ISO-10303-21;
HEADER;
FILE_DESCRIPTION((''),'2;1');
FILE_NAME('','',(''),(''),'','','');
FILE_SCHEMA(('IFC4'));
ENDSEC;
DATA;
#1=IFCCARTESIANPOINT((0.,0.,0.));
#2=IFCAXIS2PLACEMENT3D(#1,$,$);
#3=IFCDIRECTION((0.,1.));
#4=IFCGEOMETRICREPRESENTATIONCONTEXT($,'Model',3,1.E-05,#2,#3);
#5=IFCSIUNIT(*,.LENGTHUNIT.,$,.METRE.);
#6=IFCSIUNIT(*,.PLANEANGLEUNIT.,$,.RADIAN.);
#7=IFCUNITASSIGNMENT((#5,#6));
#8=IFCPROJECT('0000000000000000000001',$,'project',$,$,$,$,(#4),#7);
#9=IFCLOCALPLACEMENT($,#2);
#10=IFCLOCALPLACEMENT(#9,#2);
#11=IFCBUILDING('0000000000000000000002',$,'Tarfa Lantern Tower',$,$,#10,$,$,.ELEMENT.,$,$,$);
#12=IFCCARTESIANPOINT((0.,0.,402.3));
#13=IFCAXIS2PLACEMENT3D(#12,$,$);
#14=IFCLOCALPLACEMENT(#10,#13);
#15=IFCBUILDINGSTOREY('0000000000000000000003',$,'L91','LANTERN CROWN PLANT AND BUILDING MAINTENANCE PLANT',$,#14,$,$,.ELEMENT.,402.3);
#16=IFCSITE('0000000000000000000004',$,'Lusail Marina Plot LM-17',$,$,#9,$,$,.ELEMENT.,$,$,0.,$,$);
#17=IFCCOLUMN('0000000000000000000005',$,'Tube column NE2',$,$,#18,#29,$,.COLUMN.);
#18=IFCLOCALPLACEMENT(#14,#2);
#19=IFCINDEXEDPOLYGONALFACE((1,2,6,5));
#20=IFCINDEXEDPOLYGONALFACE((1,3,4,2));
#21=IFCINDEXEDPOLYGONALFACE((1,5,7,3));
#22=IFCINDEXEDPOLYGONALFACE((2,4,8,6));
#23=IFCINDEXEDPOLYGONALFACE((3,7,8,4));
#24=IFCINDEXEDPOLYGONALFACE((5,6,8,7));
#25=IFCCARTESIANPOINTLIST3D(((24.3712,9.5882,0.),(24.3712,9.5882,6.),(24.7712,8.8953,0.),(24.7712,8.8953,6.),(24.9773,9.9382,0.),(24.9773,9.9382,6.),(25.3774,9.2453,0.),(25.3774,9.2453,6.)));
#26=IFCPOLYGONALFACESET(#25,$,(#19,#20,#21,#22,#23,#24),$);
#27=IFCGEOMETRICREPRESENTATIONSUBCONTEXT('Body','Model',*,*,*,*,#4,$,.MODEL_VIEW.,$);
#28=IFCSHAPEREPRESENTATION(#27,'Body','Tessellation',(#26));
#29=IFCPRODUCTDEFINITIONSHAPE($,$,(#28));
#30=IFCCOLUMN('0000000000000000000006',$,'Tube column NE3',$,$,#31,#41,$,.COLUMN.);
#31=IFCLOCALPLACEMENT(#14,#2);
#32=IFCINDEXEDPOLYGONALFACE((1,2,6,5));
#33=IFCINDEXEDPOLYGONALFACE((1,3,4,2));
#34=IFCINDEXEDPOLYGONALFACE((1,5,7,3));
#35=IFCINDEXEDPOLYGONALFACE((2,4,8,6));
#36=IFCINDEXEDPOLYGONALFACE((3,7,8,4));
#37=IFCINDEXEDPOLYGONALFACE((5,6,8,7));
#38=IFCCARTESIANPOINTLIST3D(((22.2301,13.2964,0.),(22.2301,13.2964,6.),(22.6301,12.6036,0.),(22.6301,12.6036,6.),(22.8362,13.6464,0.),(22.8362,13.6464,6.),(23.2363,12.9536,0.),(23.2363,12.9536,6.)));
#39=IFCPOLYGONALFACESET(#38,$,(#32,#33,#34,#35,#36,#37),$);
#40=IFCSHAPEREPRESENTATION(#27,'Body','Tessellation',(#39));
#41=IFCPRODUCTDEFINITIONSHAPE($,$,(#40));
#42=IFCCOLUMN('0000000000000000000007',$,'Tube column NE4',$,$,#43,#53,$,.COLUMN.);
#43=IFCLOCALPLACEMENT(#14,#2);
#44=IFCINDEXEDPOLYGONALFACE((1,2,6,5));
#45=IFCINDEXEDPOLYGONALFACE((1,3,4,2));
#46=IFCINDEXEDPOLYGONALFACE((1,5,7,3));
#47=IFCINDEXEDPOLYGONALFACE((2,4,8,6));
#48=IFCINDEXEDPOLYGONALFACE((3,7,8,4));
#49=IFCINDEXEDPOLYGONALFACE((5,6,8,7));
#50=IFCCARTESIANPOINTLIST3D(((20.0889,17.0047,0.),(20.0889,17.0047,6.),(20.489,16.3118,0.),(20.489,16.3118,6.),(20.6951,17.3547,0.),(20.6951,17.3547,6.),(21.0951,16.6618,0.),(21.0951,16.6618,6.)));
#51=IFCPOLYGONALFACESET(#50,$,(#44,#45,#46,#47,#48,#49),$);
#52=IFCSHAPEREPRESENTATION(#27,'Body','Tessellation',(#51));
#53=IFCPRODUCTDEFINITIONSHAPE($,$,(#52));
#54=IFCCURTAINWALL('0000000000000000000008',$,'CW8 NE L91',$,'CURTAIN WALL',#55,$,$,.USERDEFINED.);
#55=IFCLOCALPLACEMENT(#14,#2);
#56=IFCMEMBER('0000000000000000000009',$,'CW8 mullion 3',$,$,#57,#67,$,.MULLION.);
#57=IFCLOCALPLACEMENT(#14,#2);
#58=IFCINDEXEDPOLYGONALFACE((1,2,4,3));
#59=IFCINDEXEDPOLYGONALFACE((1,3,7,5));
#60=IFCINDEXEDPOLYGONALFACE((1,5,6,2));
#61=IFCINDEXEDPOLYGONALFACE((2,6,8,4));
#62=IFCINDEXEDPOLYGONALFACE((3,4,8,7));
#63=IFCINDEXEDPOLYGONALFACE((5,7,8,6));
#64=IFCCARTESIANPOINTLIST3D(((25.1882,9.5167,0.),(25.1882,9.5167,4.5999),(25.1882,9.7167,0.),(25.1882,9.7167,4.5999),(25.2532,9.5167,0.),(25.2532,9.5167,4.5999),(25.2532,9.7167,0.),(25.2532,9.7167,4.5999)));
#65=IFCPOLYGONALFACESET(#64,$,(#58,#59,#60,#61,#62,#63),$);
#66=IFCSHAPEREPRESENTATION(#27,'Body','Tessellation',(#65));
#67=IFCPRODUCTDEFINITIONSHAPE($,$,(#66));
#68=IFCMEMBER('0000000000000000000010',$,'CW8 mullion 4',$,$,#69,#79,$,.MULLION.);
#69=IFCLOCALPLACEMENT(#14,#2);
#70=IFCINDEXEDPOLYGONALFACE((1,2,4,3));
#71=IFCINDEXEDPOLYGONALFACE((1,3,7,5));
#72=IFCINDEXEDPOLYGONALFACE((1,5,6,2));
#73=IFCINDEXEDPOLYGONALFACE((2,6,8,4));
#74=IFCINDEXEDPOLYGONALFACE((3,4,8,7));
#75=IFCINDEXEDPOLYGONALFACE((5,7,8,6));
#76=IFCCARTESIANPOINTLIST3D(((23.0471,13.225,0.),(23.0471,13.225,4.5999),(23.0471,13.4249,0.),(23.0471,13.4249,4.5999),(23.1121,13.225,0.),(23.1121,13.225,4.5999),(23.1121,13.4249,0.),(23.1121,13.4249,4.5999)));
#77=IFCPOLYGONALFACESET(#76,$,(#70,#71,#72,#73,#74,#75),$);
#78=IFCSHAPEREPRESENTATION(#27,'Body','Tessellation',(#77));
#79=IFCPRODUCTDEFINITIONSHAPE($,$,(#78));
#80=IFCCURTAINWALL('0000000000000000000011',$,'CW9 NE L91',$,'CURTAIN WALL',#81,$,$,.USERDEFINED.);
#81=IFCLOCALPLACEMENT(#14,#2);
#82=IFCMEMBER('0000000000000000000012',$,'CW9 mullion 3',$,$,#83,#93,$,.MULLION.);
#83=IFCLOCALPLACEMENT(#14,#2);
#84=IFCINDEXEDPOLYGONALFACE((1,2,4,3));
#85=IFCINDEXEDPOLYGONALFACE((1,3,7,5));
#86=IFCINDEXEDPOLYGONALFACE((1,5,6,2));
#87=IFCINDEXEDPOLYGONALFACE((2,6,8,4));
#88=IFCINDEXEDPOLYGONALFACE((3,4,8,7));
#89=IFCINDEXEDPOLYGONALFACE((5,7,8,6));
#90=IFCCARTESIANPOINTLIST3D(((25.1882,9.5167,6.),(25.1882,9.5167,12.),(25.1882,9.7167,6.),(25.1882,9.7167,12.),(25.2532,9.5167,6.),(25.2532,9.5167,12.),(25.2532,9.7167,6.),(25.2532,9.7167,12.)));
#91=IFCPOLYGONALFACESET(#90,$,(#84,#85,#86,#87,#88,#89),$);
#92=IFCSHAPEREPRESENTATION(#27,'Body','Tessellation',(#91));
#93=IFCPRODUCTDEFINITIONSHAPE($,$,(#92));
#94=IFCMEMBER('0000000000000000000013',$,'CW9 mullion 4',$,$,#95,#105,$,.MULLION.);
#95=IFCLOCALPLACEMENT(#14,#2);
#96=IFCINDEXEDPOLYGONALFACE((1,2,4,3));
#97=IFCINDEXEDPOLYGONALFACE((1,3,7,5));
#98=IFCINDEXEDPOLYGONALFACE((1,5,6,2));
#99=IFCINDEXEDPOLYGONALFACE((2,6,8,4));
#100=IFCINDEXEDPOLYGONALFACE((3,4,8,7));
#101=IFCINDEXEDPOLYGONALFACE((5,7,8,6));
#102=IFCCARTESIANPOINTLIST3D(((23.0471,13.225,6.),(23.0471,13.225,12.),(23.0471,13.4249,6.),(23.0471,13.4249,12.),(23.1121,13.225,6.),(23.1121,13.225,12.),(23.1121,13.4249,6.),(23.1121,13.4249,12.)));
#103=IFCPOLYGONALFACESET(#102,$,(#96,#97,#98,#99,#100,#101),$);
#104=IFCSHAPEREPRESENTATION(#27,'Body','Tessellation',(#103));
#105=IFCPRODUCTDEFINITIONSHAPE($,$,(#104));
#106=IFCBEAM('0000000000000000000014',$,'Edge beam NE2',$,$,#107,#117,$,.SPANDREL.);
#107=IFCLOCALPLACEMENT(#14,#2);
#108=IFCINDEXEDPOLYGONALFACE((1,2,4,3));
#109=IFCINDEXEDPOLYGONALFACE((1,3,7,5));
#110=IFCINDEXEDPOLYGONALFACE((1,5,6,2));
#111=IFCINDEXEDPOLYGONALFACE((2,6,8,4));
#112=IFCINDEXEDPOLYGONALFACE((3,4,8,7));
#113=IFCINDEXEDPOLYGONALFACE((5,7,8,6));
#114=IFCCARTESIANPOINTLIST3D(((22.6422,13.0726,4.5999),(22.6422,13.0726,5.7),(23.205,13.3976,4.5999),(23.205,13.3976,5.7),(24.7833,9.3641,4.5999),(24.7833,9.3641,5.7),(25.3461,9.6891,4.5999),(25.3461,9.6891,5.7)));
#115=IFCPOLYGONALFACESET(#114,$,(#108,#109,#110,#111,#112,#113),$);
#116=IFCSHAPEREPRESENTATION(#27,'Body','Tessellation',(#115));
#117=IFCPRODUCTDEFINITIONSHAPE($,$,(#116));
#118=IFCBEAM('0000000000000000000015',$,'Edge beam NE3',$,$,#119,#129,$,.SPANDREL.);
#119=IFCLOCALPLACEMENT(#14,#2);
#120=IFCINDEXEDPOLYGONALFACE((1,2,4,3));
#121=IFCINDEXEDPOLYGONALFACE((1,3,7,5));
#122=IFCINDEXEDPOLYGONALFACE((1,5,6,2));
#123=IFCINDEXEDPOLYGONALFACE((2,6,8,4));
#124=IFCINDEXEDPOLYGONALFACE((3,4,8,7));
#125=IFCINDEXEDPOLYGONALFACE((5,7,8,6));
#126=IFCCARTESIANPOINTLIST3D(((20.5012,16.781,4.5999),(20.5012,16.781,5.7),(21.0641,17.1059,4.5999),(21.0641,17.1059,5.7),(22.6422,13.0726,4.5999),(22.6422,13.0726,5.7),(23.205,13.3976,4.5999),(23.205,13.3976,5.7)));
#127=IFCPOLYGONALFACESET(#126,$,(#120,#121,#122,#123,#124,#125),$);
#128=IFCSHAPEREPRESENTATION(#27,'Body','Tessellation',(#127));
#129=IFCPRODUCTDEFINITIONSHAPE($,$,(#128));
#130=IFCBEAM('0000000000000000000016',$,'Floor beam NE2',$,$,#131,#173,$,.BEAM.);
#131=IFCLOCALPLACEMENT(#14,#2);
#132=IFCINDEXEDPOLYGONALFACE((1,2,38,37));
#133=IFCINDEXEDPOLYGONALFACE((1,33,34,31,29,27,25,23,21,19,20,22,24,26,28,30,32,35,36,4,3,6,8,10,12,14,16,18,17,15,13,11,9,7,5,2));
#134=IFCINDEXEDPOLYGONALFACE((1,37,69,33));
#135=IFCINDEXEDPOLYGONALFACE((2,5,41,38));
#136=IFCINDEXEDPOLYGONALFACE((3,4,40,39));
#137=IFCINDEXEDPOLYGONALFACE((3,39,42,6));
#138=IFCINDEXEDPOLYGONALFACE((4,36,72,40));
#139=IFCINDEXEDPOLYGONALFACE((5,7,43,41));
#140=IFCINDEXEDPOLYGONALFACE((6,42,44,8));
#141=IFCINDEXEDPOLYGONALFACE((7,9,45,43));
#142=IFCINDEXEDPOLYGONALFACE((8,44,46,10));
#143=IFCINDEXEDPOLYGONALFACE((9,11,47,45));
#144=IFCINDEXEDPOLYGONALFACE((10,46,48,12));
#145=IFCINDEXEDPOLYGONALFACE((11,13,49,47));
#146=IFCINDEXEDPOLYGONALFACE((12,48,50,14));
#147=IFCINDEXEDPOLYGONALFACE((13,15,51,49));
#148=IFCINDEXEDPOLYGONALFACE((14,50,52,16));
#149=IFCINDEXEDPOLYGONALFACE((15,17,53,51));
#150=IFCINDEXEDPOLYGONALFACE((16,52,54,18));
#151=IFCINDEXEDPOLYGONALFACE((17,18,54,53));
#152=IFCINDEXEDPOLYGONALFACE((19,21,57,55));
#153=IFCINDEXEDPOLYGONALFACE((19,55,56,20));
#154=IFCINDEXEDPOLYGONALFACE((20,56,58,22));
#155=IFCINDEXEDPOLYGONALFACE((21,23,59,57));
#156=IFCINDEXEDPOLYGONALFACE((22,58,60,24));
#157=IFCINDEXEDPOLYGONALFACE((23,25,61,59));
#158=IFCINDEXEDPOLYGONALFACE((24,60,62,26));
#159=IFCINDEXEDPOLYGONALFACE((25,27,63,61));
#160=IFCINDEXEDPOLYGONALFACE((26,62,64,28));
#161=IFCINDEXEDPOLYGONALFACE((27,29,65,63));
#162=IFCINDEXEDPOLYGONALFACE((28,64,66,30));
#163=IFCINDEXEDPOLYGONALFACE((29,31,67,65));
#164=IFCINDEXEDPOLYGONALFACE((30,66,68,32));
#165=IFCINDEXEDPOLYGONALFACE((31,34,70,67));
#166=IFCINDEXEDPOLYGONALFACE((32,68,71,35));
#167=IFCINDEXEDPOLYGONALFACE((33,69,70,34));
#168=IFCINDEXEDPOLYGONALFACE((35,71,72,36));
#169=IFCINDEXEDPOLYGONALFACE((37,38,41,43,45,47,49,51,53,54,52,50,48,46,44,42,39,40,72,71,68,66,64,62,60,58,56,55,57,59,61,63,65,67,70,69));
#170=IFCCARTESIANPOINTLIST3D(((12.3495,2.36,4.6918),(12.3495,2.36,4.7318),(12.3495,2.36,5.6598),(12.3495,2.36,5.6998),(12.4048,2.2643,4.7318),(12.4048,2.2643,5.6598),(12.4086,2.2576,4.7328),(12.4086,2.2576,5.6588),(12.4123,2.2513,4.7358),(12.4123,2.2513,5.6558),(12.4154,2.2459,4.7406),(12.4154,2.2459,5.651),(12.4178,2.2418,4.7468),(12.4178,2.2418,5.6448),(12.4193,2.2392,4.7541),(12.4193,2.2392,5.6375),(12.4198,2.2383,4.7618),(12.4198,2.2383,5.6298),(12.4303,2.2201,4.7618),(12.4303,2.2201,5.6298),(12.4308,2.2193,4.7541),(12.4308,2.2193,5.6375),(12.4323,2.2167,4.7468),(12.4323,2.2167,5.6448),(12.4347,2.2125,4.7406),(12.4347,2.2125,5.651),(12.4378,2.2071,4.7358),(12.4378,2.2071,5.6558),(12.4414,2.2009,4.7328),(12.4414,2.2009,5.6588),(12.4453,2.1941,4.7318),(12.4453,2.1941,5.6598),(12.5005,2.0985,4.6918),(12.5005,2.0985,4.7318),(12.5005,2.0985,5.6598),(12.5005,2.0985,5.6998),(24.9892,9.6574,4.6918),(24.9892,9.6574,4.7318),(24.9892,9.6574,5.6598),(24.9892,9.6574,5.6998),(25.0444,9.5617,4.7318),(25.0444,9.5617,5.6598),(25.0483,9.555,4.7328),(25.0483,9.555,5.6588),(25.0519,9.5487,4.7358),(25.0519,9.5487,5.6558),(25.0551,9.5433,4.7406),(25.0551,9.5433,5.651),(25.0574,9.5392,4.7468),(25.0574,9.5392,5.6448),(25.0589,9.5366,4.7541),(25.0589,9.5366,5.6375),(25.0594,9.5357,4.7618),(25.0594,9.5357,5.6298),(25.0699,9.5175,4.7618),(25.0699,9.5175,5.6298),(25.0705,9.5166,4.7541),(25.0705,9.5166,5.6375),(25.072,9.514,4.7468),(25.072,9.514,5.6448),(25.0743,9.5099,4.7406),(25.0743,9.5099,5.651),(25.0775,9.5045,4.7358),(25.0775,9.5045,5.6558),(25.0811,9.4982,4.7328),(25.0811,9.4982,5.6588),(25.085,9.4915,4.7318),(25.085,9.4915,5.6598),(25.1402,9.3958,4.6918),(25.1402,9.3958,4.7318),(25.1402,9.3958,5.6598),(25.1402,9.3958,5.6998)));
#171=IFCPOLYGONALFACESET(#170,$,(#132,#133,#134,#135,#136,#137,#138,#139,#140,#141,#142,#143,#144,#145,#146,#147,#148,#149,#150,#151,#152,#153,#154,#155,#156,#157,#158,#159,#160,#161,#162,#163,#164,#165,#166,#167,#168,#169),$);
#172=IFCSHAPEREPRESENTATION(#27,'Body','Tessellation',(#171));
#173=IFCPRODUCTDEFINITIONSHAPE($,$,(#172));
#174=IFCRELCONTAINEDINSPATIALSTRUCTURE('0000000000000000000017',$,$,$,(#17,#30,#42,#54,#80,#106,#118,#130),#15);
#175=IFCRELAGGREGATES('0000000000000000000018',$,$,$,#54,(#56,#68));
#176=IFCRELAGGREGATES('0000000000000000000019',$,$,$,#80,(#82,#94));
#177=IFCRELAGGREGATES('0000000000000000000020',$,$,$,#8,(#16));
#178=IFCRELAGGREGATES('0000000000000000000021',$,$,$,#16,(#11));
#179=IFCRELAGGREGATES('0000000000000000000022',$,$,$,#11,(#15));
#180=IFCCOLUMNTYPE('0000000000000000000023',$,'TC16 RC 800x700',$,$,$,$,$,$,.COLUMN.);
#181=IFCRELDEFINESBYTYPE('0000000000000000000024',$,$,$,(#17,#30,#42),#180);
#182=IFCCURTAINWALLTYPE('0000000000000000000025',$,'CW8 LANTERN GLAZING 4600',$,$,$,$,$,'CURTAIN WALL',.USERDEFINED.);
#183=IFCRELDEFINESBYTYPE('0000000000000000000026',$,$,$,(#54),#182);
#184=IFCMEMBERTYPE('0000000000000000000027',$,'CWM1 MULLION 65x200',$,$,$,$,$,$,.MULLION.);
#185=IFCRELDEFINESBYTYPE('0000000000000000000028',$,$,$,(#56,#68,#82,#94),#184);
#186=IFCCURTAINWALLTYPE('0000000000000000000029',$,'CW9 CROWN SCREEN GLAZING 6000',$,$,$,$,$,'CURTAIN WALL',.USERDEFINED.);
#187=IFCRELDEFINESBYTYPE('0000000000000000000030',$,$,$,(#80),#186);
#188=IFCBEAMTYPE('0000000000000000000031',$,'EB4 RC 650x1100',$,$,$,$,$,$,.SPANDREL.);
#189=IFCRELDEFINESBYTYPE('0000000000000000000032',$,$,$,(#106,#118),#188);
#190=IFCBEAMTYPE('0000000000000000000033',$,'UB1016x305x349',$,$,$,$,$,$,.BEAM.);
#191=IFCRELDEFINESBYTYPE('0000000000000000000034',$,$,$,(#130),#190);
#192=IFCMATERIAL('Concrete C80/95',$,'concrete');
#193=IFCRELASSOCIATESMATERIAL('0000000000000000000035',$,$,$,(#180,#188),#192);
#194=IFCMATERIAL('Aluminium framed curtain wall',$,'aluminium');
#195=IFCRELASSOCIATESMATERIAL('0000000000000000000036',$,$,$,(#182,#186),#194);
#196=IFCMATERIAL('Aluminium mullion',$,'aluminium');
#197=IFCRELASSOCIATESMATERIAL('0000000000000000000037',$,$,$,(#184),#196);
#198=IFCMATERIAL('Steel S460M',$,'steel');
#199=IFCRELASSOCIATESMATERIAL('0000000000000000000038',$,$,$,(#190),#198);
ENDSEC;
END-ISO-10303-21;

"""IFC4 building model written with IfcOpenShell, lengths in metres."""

from ifc_helpers import new_model, si_unit, direction, frame, origin, origin_2d, place, context, subcontext, project, spatial, rectangle, i_section, extrude, material, material_profile, profile_set, type_object, element, aggregate, save


model = new_model("IFC4")

# Units and contexts
model_context = context("Model", 3, precision=1e-05, world=origin(), true_north=direction((0.0, 1.0)))
body_context = subcontext(model_context, "Body", "Model", "MODEL_VIEW")
ifc_project = project(units=[si_unit("LENGTHUNIT", "METRE"), si_unit("PLANEANGLEUNIT", "RADIAN")], contexts=[model_context])

# Site, building, storey
site_placement = place(None, origin())
site = spatial("IfcSite", under=ifc_project, at=site_placement, Name="Lusail Marina Plot LM-17", CompositionType="ELEMENT", RefElevation=0.0)
building_placement = place(site_placement, origin())
building = spatial("IfcBuilding", under=site, at=building_placement, Name="Tarfa Lantern Tower", CompositionType="ELEMENT")
storey_placement = place(building_placement, frame((0.0, 0.0, 402.3)))
storey = spatial("IfcBuildingStorey", under=building, at=storey_placement, Name="L91", Description="LANTERN CROWN PLANT AND BUILDING MAINTENANCE PLANT", CompositionType="ELEMENT", Elevation=402.3)

# Columns
ifc_material_1 = material(Name="Concrete C80/95", Category="concrete")
ifc_material_profile_1 = material_profile(ifc_material_1, rectangle(XDim=0.8, YDim=0.7, at=origin_2d()), Name="RC 800x700")
ifc_profile_set_1 = profile_set([ifc_material_profile_1], Name="Concrete C80/95")
column_type = type_object("IfcColumnType", Name="TC16 RC 800x700", PredefinedType="COLUMN", material=ifc_profile_set_1)
for number, where, z_axis, x_axis, name in (
    (1, (24.8743, 9.4167, 0.0), (0.0, 0.0, 1.0), (-0.5, 0.866025, 0.0), "Tube column NE2"),
    (2, (22.7332, 13.125, 0.0), (0.0, 0.0, 1.0), (-0.5, 0.866025, 0.0), "Tube column NE3"),
    (3, (20.592, 16.8333, 0.0), (0.0, 0.0, 1.0), (-0.5, 0.866025, 0.0), "Tube column NE4"),
):
    element("IfcColumn", number, at=place(storey_placement, frame(where, z_axis=z_axis, x_axis=x_axis)), inside=storey, type_object=column_type, Name=name, PredefinedType="COLUMN", context=body_context, shape_type="SweptSolid", body=[
        extrude(rectangle(XDim=0.8, YDim=0.7, at=origin_2d()), origin(), (0.0, 0.0, 1.0), 6.0),
    ])

# Curtain walls, members
ifc_material_2 = material(Name="Aluminium framed curtain wall", Category="aluminium")
curtain_wall_type_1 = type_object("IfcCurtainWallType", Name="CW8 LANTERN GLAZING 4600", ElementType="CURTAIN WALL", PredefinedType="USERDEFINED", material=ifc_material_2)
curtain_wall_1_placement = place(storey_placement, origin())
curtain_wall_1 = element("IfcCurtainWall", 4, at=curtain_wall_1_placement, inside=storey, type_object=curtain_wall_type_1, Name="CW8 NE L91", ObjectType="CURTAIN WALL", PredefinedType="USERDEFINED")
ifc_material_3 = material(Name="Aluminium mullion", Category="aluminium")
ifc_material_profile_2 = material_profile(ifc_material_3, rectangle(XDim=0.0649, YDim=0.2, at=origin_2d()), Name="AL MULLION 65x200")
ifc_profile_set_2 = profile_set([ifc_material_profile_2], Name="Aluminium mullion")
member_type = type_object("IfcMemberType", Name="CWM1 MULLION 65x200", PredefinedType="MULLION", material=ifc_profile_set_2)
member_1_placement = place(storey_placement, frame((25.2207, 9.6167, 0.0), z_axis=(0.0, 0.0, 1.0), x_axis=(1.0, 0.0, 0.0)))
member_1 = element("IfcMember", 5, at=member_1_placement, type_object=member_type, Name="CW8 mullion 3", PredefinedType="MULLION", context=body_context, shape_type="SweptSolid", body=[
    extrude(rectangle(XDim=0.0649, YDim=0.2, at=origin_2d()), origin(), (0.0, 0.0, 1.0), 4.5999),
])
member_2_placement = place(storey_placement, frame((23.0796, 13.325, 0.0), z_axis=(0.0, 0.0, 1.0), x_axis=(1.0, 0.0, 0.0)))
member_2 = element("IfcMember", 6, at=member_2_placement, type_object=member_type, Name="CW8 mullion 4", PredefinedType="MULLION", context=body_context, shape_type="SweptSolid", body=[
    extrude(rectangle(XDim=0.0649, YDim=0.2, at=origin_2d()), origin(), (0.0, 0.0, 1.0), 4.5999),
])
curtain_wall_type_2 = type_object("IfcCurtainWallType", Name="CW9 CROWN SCREEN GLAZING 6000", ElementType="CURTAIN WALL", PredefinedType="USERDEFINED", material=ifc_material_2)
curtain_wall_2_placement = place(storey_placement, origin())
curtain_wall_2 = element("IfcCurtainWall", 7, at=curtain_wall_2_placement, inside=storey, type_object=curtain_wall_type_2, Name="CW9 NE L91", ObjectType="CURTAIN WALL", PredefinedType="USERDEFINED")
member_3_placement = place(storey_placement, frame((25.2207, 9.6167, 6.0), z_axis=(0.0, 0.0, 1.0), x_axis=(1.0, 0.0, 0.0)))
member_3 = element("IfcMember", 8, at=member_3_placement, type_object=member_type, Name="CW9 mullion 3", PredefinedType="MULLION", context=body_context, shape_type="SweptSolid", body=[
    extrude(rectangle(XDim=0.0649, YDim=0.2, at=origin_2d()), origin(), (0.0, 0.0, 1.0), 6.0),
])
member_4_placement = place(storey_placement, frame((23.0796, 13.325, 6.0), z_axis=(0.0, 0.0, 1.0), x_axis=(1.0, 0.0, 0.0)))
member_4 = element("IfcMember", 9, at=member_4_placement, type_object=member_type, Name="CW9 mullion 4", PredefinedType="MULLION", context=body_context, shape_type="SweptSolid", body=[
    extrude(rectangle(XDim=0.0649, YDim=0.2, at=origin_2d()), origin(), (0.0, 0.0, 1.0), 6.0),
])

# Beams
ifc_material_profile_3 = material_profile(ifc_material_1, rectangle(XDim=0.6499, YDim=1.1001, at=origin_2d()), Name="RC 650x1100")
ifc_profile_set_3 = profile_set([ifc_material_profile_3], Name="Concrete C80/95")
beam_type_1 = type_object("IfcBeamType", Name="EB4 RC 650x1100", PredefinedType="SPANDREL", material=ifc_profile_set_3)
beam_1_placement = place(storey_placement, frame((25.0647, 9.5266, 5.1499), z_axis=(-0.500002, 0.866024, 0.0), x_axis=(-0.866024, -0.500002, 0.0)))
element("IfcBeam", 10, at=beam_1_placement, inside=storey, type_object=beam_type_1, Name="Edge beam NE2", PredefinedType="SPANDREL", context=body_context, shape_type="SweptSolid", body=[
    extrude(rectangle(XDim=0.6499, YDim=1.1001, at=origin_2d()), origin(), (0.0, 0.0, 1.0), 4.2822),
])
beam_2_placement = place(storey_placement, frame((22.9236, 13.2351, 5.1499), z_axis=(-0.499984, 0.866035, 0.0), x_axis=(-0.866035, -0.499984, 0.0)))
element("IfcBeam", 11, at=beam_2_placement, inside=storey, type_object=beam_type_1, Name="Edge beam NE3", PredefinedType="SPANDREL", context=body_context, shape_type="SweptSolid", body=[
    extrude(rectangle(XDim=0.6499, YDim=1.1001, at=origin_2d()), origin(), (0.0, 0.0, 1.0), 4.282),
])
ifc_material_4 = material(Name="Steel S460M", Category="steel")
ifc_material_profile_4 = material_profile(ifc_material_4, i_section(OverallWidth=0.302, OverallDepth=1.0081, WebThickness=0.021, FlangeThickness=0.04, FilletRadius=0.03, at=origin_2d()), Name="UB1016x305x349")
ifc_profile_set_4 = profile_set([ifc_material_profile_4], Name="Steel S460M")
beam_type_2 = type_object("IfcBeamType", Name="UB1016x305x349", PredefinedType="BEAM", material=ifc_profile_set_4)
beam_3_placement = place(storey_placement, frame((25.0647, 9.5266, 5.1958), z_axis=(-0.86603, -0.499993, 0.0), x_axis=(0.499993, -0.86603, 0.0)))
element("IfcBeam", 12, at=beam_3_placement, inside=storey, type_object=beam_type_2, Name="Floor beam NE2", PredefinedType="BEAM", context=body_context, shape_type="SweptSolid", body=[
    extrude(i_section(OverallWidth=0.302, OverallDepth=1.0081, WebThickness=0.021, FlangeThickness=0.04, FilletRadius=0.03, at=origin_2d()), origin(), (0.0, 0.0, 1.0), 14.595),
])

aggregate(curtain_wall_1, [member_1, member_2])
aggregate(curtain_wall_2, [member_3, member_4])

save(model, "model.ifc")
